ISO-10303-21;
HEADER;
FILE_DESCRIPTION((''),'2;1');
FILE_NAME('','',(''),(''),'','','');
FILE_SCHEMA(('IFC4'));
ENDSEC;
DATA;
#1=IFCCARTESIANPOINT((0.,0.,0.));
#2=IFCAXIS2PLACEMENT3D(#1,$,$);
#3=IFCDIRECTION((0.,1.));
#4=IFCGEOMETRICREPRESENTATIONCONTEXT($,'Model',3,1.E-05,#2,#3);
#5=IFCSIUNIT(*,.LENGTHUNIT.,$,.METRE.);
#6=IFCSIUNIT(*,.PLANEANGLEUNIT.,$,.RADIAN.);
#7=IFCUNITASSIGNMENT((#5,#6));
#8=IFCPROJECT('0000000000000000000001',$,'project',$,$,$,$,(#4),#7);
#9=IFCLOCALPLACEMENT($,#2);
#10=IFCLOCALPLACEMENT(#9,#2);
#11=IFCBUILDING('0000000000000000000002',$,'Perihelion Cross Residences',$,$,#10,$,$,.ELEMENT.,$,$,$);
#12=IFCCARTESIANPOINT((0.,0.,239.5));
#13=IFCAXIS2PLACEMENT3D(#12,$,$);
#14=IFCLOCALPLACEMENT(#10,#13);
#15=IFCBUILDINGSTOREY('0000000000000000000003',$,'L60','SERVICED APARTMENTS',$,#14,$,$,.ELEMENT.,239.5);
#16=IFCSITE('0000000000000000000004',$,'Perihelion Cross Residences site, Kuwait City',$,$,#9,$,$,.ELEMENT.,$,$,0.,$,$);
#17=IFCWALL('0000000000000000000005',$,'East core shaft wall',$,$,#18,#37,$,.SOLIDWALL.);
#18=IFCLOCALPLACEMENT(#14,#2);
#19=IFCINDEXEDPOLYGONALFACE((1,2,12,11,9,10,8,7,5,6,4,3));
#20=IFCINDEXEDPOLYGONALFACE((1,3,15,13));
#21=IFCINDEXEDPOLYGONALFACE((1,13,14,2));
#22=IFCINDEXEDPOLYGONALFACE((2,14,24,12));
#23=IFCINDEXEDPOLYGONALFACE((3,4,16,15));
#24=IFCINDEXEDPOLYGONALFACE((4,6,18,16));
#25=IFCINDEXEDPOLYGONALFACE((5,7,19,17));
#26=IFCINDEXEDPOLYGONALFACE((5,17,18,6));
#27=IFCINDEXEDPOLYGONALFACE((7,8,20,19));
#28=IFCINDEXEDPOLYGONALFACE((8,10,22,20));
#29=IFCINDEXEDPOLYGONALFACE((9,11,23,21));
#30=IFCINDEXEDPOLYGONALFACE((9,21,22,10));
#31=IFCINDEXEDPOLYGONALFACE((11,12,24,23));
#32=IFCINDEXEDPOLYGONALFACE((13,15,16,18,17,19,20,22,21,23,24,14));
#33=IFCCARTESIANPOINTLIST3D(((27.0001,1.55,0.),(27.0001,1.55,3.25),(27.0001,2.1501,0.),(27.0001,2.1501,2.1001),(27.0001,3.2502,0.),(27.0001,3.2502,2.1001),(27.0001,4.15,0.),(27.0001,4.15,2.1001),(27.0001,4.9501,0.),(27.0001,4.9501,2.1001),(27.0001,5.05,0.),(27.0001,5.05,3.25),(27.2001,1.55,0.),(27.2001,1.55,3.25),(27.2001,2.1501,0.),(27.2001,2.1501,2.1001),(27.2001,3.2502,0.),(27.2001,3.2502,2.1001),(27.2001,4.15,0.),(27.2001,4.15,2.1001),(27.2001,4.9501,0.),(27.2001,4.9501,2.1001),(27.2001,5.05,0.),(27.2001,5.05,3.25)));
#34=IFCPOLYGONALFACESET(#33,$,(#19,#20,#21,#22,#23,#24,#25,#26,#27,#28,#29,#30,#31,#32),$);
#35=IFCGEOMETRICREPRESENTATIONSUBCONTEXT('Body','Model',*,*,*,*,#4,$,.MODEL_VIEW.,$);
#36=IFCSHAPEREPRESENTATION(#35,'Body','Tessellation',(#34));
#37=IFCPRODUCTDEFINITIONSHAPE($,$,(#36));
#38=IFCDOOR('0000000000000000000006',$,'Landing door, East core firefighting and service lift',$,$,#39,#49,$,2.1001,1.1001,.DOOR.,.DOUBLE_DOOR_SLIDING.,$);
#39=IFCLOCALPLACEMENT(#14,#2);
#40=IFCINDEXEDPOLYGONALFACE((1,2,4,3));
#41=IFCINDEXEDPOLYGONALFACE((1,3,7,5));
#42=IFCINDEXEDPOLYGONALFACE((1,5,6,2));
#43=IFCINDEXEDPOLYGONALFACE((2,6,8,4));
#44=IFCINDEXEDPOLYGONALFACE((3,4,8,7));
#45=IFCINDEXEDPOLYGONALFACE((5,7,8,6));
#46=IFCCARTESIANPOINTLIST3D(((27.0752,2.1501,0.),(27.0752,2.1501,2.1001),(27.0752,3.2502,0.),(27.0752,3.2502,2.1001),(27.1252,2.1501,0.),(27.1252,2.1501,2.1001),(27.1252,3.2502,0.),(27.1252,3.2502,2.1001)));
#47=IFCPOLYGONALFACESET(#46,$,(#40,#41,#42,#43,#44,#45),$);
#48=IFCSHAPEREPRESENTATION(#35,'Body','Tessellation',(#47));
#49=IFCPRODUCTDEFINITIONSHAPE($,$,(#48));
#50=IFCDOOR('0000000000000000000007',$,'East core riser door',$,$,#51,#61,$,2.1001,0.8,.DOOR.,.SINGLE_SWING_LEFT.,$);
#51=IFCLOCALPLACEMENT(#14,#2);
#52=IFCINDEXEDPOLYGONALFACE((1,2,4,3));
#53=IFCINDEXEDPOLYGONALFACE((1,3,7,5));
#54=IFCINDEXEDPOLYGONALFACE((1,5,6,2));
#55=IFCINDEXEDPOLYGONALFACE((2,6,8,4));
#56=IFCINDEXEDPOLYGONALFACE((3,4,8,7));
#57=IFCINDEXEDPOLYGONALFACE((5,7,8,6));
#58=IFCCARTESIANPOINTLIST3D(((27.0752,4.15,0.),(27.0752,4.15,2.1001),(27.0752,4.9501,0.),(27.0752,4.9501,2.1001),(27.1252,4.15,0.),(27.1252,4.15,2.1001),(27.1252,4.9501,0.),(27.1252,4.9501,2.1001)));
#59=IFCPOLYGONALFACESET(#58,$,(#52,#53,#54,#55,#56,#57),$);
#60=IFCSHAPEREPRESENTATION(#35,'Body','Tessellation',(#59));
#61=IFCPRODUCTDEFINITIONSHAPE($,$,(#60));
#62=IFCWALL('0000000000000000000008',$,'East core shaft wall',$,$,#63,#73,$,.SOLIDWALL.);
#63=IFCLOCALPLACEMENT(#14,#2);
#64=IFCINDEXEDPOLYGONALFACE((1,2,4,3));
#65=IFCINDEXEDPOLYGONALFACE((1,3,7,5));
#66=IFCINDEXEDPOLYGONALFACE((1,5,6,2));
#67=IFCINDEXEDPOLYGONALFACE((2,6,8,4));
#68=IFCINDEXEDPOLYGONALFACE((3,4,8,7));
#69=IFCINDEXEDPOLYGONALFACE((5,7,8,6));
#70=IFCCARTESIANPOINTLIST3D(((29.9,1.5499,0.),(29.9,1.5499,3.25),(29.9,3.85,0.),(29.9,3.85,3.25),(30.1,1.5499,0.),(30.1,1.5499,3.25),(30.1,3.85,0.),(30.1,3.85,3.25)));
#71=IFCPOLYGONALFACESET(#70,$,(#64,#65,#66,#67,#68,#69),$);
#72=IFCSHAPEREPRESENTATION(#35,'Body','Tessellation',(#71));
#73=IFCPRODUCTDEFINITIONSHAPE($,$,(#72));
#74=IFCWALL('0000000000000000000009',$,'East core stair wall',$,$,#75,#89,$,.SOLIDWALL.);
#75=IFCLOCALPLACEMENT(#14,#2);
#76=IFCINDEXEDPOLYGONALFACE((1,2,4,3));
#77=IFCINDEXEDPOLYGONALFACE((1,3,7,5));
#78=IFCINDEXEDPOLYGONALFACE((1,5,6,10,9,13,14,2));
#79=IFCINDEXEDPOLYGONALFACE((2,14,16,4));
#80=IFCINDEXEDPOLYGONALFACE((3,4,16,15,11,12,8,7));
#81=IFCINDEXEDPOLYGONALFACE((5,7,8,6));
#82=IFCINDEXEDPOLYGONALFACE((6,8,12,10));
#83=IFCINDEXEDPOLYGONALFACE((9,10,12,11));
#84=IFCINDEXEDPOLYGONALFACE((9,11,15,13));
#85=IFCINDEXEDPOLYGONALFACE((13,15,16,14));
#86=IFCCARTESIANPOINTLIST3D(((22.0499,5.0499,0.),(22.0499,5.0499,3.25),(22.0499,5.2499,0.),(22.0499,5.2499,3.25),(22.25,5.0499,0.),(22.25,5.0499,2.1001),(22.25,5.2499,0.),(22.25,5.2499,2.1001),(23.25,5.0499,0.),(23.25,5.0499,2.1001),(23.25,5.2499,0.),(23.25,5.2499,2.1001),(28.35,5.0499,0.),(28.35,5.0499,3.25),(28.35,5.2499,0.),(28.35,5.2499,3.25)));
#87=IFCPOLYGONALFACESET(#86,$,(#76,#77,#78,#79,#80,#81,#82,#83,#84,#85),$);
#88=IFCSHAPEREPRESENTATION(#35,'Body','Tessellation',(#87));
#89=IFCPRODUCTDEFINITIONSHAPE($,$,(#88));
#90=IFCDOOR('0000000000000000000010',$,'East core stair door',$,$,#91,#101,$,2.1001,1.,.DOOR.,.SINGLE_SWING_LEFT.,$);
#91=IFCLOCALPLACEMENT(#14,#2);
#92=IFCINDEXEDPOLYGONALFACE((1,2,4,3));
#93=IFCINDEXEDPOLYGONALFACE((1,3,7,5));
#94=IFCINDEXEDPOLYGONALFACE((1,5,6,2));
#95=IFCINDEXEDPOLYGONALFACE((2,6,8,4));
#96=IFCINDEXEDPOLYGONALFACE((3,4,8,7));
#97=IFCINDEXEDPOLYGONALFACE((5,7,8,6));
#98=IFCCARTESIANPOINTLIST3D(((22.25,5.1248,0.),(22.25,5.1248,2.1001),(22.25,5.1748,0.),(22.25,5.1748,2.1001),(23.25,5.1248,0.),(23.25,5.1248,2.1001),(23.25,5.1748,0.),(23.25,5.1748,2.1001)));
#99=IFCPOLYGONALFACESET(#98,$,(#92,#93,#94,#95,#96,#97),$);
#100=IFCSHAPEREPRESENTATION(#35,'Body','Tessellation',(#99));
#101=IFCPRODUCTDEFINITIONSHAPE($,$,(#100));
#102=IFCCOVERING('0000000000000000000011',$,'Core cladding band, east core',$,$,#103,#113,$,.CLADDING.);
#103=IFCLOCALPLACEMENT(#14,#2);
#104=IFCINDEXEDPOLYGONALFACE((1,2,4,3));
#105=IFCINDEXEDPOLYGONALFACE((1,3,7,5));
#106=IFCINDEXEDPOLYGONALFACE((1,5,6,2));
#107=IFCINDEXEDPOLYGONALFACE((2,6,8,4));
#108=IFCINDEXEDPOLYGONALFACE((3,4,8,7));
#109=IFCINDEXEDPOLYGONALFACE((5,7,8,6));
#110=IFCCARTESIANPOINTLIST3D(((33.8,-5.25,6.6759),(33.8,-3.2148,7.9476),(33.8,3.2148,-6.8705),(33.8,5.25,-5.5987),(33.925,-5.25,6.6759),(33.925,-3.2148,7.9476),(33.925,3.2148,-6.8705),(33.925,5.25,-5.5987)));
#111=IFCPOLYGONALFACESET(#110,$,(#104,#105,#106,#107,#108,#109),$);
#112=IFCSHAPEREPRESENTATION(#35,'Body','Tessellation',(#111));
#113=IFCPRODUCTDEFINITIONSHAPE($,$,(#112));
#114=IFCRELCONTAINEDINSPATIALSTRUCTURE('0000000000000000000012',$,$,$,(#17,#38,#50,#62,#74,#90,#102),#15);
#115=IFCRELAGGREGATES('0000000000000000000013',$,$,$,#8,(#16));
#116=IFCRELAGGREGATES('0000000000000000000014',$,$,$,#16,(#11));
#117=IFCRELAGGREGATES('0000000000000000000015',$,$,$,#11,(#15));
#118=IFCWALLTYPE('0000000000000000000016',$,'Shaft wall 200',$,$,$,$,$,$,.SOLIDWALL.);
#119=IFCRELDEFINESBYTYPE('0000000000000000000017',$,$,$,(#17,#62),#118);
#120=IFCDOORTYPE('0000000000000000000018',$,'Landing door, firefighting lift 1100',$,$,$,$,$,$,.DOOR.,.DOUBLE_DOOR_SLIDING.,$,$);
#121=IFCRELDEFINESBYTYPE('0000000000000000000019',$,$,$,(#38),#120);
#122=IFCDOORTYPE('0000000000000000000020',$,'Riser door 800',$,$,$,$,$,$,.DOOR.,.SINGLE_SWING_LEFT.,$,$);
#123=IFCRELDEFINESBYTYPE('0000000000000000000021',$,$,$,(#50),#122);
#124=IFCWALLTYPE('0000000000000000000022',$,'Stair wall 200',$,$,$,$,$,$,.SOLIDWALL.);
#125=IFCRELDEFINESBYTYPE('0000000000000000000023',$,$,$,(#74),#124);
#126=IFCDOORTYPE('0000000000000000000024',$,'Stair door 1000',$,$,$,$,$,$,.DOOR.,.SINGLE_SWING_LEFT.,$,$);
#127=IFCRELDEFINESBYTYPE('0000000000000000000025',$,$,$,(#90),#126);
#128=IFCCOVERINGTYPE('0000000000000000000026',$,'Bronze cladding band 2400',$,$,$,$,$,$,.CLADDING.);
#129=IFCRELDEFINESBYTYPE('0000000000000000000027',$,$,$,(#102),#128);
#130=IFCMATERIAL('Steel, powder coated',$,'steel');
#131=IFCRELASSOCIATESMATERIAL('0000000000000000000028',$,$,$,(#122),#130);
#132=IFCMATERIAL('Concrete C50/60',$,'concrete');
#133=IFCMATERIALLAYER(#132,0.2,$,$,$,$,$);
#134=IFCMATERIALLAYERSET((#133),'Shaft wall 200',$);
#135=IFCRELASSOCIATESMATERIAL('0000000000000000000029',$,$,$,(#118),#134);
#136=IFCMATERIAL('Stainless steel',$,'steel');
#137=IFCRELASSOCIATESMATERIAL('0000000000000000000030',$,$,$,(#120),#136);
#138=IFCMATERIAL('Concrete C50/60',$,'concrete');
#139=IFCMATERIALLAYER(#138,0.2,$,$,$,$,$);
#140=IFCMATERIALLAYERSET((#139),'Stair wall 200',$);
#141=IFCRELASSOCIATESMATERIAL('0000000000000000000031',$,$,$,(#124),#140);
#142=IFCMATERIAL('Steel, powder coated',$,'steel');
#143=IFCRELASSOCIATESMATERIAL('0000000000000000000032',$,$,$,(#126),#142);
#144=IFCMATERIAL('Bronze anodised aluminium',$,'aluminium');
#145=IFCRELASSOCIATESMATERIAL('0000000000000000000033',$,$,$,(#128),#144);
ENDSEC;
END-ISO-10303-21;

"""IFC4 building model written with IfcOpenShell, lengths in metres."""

from ifc_helpers import new_model, si_unit, direction, frame, frame_2d, origin, origin_2d, place, context, subcontext, project, spatial, rectangle, extrude, material, layer, layer_set, material_profile, profile_set, type_object, element, fill, save


model = new_model("IFC4")

# Units and contexts
model_context = context("Model", 3, precision=1e-05, world=origin(), true_north=direction((0.0, 1.0)))
body_context = subcontext(model_context, "Body", "Model", "MODEL_VIEW")
ifc_project = project(units=[si_unit("LENGTHUNIT", "METRE"), si_unit("PLANEANGLEUNIT", "RADIAN")], contexts=[model_context])

# Site, building, storey
site_placement = place(None, origin())
site = spatial("IfcSite", under=ifc_project, at=site_placement, Name="Perihelion Cross Residences site, Kuwait City", CompositionType="ELEMENT", RefElevation=0.0)
building_placement = place(site_placement, origin())
building = spatial("IfcBuilding", under=site, at=building_placement, Name="Perihelion Cross Residences", CompositionType="ELEMENT")
storey_placement = place(building_placement, frame((0.0, 0.0, 239.5)))
storey = spatial("IfcBuildingStorey", under=building, at=storey_placement, Name="L60", Description="SERVICED APARTMENTS", CompositionType="ELEMENT", Elevation=239.5)

# Shared definitions
ifc_material_1 = material(Name="Steel, powder coated", Category="steel")
door_type_1 = type_object("IfcDoorType", Name="Riser door 800", OperationType="SINGLE_SWING_LEFT", PredefinedType="DOOR", material=ifc_material_1)

# Shared definitions
ifc_material_2 = material(Name="Concrete C50/60", Category="concrete")
ifc_layer_1 = layer(ifc_material_2, 0.2)
ifc_layer_set_1 = layer_set([ifc_layer_1], Name="Shaft wall 200")
wall_type_1 = type_object("IfcWallType", Name="Shaft wall 200", PredefinedType="SOLIDWALL", material=ifc_layer_set_1)

# Wall, openings, doors
wall_1_placement = place(storey_placement, frame((27.1001, 1.55, 0.0), z_axis=(0.0, 0.0, 1.0), x_axis=(0.0, 1.0, 0.0)))
wall_1 = element("IfcWall", 1, at=wall_1_placement, inside=storey, type_object=wall_type_1, Name="East core shaft wall", PredefinedType="SOLIDWALL", context=body_context, shape_type="SweptSolid", body=[
    extrude(rectangle(XDim=3.5, YDim=0.2, at=frame_2d((1.75, 0.0))), origin(), (0.0, 0.0, 1.0), 3.25),
])
opening_1_placement = place(wall_1_placement, frame((0.6001, 0.0, 0.0)))
opening_1 = element("IfcOpeningElement", 2, at=opening_1_placement, cuts=wall_1, PredefinedType="OPENING", context=body_context, shape_type="SweptSolid", body=[
    extrude(rectangle(XDim=1.1001, YDim=2.1001, at=frame_2d((0.55, 1.05))), frame((0.0, 0.1099, 0.0), z_axis=(0.0, -1.0, 0.0), x_axis=(1.0, 0.0, 0.0)), (0.0, 0.0, 1.0), 0.22),
])
opening_2_placement = place(wall_1_placement, frame((2.6001, 0.0, 0.0)))
opening_2 = element("IfcOpeningElement", 3, at=opening_2_placement, cuts=wall_1, PredefinedType="OPENING", context=body_context, shape_type="SweptSolid", body=[
    extrude(rectangle(XDim=0.8, YDim=2.1001, at=frame_2d((0.3999, 1.05))), frame((0.0, 0.1099, 0.0), z_axis=(0.0, -1.0, 0.0), x_axis=(1.0, 0.0, 0.0)), (0.0, 0.0, 1.0), 0.22),
])
ifc_material_3 = material(Name="Stainless steel", Category="steel")
door_type_2 = type_object("IfcDoorType", Name="Landing door, firefighting lift 1100", OperationType="DOUBLE_DOOR_SLIDING", PredefinedType="DOOR", material=ifc_material_3)
door_1_placement = place(opening_1_placement, origin())
door_1 = element("IfcDoor", 4, at=door_1_placement, inside=storey, type_object=door_type_2, Name="Landing door, East core firefighting and service lift", OperationType="DOUBLE_DOOR_SLIDING", OverallHeight=2.1001, OverallWidth=1.1001, PredefinedType="DOOR", context=body_context, shape_type="SweptSolid", body=[
    extrude(rectangle(XDim=1.1001, YDim=2.1001, at=frame_2d((0.55, 1.05))), frame((0.0, 0.0249, 0.0), z_axis=(0.0, -1.0, 0.0), x_axis=(1.0, 0.0, 0.0)), (0.0, 0.0, 1.0), 0.05),
])
fill(opening_1, door_1)
door_2_placement = place(opening_2_placement, origin())
door_2 = element("IfcDoor", 5, at=door_2_placement, inside=storey, type_object=door_type_1, Name="East core riser door", OperationType="SINGLE_SWING_LEFT", OverallHeight=2.1001, OverallWidth=0.8, PredefinedType="DOOR", context=body_context, shape_type="SweptSolid", body=[
    extrude(rectangle(XDim=0.8, YDim=2.1001, at=frame_2d((0.3999, 1.05))), frame((0.0, 0.0249, 0.0), z_axis=(0.0, -1.0, 0.0), x_axis=(1.0, 0.0, 0.0)), (0.0, 0.0, 1.0), 0.05),
])
fill(opening_2, door_2)

# Wall
wall_2_placement = place(storey_placement, frame((30.0, 1.55, 0.0), z_axis=(0.0, 0.0, 1.0), x_axis=(0.0, 1.0, 0.0)))
element("IfcWall", 6, at=wall_2_placement, inside=storey, type_object=wall_type_1, Name="East core shaft wall", PredefinedType="SOLIDWALL", context=body_context, shape_type="SweptSolid", body=[
    extrude(rectangle(XDim=2.3, YDim=0.2, at=frame_2d((1.1499, 0.0))), origin(), (0.0, 0.0, 1.0), 3.25),
])

# Wall, opening, door
ifc_material_4 = material(Name="Concrete C50/60", Category="concrete")
ifc_layer_2 = layer(ifc_material_4, 0.2)
ifc_layer_set_2 = layer_set([ifc_layer_2], Name="Stair wall 200")
wall_type_2 = type_object("IfcWallType", Name="Stair wall 200", PredefinedType="SOLIDWALL", material=ifc_layer_set_2)
wall_3_placement = place(storey_placement, frame((22.05, 5.1499, 0.0), z_axis=(0.0, 0.0, 1.0), x_axis=(1.0, 0.0, 0.0)))
wall_3 = element("IfcWall", 7, at=wall_3_placement, inside=storey, type_object=wall_type_2, Name="East core stair wall", PredefinedType="SOLIDWALL", context=body_context, shape_type="SweptSolid", body=[
    extrude(rectangle(XDim=6.3, YDim=0.2, at=frame_2d((3.1499, 0.0))), origin(), (0.0, 0.0, 1.0), 3.25),
])
opening_3_placement = place(wall_3_placement, frame((0.2, 0.0, 0.0)))
opening_3 = element("IfcOpeningElement", 8, at=opening_3_placement, cuts=wall_3, PredefinedType="OPENING", context=body_context, shape_type="SweptSolid", body=[
    extrude(rectangle(XDim=1.0, YDim=2.1001, at=frame_2d((0.5, 1.05))), frame((0.0, 0.1099, 0.0), z_axis=(0.0, -1.0, 0.0), x_axis=(1.0, 0.0, 0.0)), (0.0, 0.0, 1.0), 0.22),
])
ifc_material_5 = material(Name="Steel, powder coated", Category="steel")
door_type_3 = type_object("IfcDoorType", Name="Stair door 1000", OperationType="SINGLE_SWING_LEFT", PredefinedType="DOOR", material=ifc_material_5)
door_3_placement = place(opening_3_placement, origin())
door_3 = element("IfcDoor", 9, at=door_3_placement, inside=storey, type_object=door_type_3, Name="East core stair door", OperationType="SINGLE_SWING_LEFT", OverallHeight=2.1001, OverallWidth=1.0, PredefinedType="DOOR", context=body_context, shape_type="SweptSolid", body=[
    extrude(rectangle(XDim=1.0, YDim=2.1001, at=frame_2d((0.5, 1.05))), frame((0.0, 0.0249, 0.0), z_axis=(0.0, -1.0, 0.0), x_axis=(1.0, 0.0, 0.0)), (0.0, 0.0, 1.0), 0.05),
])
fill(opening_3, door_3)

# Covering
ifc_material_6 = material(Name="Bronze anodised aluminium", Category="aluminium")
ifc_material_profile = material_profile(ifc_material_6, rectangle(XDim=0.125, YDim=2.3999, at=origin_2d()), Name="Bronze cladding band 2400")
ifc_profile_set = profile_set([ifc_material_profile], Name="Bronze anodised aluminium")
covering_type = type_object("IfcCoveringType", Name="Bronze cladding band 2400", PredefinedType="CLADDING", material=ifc_profile_set)
covering_placement = place(storey_placement, frame((33.8625, 4.2324, -6.2346), z_axis=(0.0, -0.529925, 0.848045), x_axis=(1.0, 0.0, 0.0)))
element("IfcCovering", 10, at=covering_placement, inside=storey, type_object=covering_type, Name="Core cladding band, east core", PredefinedType="CLADDING", context=body_context, shape_type="SweptSolid", body=[
    extrude(rectangle(XDim=0.125, YDim=2.3999, at=origin_2d()), origin(), (0.0, 0.0, 1.0), 15.9736),
])

save(model, "model.ifc")
